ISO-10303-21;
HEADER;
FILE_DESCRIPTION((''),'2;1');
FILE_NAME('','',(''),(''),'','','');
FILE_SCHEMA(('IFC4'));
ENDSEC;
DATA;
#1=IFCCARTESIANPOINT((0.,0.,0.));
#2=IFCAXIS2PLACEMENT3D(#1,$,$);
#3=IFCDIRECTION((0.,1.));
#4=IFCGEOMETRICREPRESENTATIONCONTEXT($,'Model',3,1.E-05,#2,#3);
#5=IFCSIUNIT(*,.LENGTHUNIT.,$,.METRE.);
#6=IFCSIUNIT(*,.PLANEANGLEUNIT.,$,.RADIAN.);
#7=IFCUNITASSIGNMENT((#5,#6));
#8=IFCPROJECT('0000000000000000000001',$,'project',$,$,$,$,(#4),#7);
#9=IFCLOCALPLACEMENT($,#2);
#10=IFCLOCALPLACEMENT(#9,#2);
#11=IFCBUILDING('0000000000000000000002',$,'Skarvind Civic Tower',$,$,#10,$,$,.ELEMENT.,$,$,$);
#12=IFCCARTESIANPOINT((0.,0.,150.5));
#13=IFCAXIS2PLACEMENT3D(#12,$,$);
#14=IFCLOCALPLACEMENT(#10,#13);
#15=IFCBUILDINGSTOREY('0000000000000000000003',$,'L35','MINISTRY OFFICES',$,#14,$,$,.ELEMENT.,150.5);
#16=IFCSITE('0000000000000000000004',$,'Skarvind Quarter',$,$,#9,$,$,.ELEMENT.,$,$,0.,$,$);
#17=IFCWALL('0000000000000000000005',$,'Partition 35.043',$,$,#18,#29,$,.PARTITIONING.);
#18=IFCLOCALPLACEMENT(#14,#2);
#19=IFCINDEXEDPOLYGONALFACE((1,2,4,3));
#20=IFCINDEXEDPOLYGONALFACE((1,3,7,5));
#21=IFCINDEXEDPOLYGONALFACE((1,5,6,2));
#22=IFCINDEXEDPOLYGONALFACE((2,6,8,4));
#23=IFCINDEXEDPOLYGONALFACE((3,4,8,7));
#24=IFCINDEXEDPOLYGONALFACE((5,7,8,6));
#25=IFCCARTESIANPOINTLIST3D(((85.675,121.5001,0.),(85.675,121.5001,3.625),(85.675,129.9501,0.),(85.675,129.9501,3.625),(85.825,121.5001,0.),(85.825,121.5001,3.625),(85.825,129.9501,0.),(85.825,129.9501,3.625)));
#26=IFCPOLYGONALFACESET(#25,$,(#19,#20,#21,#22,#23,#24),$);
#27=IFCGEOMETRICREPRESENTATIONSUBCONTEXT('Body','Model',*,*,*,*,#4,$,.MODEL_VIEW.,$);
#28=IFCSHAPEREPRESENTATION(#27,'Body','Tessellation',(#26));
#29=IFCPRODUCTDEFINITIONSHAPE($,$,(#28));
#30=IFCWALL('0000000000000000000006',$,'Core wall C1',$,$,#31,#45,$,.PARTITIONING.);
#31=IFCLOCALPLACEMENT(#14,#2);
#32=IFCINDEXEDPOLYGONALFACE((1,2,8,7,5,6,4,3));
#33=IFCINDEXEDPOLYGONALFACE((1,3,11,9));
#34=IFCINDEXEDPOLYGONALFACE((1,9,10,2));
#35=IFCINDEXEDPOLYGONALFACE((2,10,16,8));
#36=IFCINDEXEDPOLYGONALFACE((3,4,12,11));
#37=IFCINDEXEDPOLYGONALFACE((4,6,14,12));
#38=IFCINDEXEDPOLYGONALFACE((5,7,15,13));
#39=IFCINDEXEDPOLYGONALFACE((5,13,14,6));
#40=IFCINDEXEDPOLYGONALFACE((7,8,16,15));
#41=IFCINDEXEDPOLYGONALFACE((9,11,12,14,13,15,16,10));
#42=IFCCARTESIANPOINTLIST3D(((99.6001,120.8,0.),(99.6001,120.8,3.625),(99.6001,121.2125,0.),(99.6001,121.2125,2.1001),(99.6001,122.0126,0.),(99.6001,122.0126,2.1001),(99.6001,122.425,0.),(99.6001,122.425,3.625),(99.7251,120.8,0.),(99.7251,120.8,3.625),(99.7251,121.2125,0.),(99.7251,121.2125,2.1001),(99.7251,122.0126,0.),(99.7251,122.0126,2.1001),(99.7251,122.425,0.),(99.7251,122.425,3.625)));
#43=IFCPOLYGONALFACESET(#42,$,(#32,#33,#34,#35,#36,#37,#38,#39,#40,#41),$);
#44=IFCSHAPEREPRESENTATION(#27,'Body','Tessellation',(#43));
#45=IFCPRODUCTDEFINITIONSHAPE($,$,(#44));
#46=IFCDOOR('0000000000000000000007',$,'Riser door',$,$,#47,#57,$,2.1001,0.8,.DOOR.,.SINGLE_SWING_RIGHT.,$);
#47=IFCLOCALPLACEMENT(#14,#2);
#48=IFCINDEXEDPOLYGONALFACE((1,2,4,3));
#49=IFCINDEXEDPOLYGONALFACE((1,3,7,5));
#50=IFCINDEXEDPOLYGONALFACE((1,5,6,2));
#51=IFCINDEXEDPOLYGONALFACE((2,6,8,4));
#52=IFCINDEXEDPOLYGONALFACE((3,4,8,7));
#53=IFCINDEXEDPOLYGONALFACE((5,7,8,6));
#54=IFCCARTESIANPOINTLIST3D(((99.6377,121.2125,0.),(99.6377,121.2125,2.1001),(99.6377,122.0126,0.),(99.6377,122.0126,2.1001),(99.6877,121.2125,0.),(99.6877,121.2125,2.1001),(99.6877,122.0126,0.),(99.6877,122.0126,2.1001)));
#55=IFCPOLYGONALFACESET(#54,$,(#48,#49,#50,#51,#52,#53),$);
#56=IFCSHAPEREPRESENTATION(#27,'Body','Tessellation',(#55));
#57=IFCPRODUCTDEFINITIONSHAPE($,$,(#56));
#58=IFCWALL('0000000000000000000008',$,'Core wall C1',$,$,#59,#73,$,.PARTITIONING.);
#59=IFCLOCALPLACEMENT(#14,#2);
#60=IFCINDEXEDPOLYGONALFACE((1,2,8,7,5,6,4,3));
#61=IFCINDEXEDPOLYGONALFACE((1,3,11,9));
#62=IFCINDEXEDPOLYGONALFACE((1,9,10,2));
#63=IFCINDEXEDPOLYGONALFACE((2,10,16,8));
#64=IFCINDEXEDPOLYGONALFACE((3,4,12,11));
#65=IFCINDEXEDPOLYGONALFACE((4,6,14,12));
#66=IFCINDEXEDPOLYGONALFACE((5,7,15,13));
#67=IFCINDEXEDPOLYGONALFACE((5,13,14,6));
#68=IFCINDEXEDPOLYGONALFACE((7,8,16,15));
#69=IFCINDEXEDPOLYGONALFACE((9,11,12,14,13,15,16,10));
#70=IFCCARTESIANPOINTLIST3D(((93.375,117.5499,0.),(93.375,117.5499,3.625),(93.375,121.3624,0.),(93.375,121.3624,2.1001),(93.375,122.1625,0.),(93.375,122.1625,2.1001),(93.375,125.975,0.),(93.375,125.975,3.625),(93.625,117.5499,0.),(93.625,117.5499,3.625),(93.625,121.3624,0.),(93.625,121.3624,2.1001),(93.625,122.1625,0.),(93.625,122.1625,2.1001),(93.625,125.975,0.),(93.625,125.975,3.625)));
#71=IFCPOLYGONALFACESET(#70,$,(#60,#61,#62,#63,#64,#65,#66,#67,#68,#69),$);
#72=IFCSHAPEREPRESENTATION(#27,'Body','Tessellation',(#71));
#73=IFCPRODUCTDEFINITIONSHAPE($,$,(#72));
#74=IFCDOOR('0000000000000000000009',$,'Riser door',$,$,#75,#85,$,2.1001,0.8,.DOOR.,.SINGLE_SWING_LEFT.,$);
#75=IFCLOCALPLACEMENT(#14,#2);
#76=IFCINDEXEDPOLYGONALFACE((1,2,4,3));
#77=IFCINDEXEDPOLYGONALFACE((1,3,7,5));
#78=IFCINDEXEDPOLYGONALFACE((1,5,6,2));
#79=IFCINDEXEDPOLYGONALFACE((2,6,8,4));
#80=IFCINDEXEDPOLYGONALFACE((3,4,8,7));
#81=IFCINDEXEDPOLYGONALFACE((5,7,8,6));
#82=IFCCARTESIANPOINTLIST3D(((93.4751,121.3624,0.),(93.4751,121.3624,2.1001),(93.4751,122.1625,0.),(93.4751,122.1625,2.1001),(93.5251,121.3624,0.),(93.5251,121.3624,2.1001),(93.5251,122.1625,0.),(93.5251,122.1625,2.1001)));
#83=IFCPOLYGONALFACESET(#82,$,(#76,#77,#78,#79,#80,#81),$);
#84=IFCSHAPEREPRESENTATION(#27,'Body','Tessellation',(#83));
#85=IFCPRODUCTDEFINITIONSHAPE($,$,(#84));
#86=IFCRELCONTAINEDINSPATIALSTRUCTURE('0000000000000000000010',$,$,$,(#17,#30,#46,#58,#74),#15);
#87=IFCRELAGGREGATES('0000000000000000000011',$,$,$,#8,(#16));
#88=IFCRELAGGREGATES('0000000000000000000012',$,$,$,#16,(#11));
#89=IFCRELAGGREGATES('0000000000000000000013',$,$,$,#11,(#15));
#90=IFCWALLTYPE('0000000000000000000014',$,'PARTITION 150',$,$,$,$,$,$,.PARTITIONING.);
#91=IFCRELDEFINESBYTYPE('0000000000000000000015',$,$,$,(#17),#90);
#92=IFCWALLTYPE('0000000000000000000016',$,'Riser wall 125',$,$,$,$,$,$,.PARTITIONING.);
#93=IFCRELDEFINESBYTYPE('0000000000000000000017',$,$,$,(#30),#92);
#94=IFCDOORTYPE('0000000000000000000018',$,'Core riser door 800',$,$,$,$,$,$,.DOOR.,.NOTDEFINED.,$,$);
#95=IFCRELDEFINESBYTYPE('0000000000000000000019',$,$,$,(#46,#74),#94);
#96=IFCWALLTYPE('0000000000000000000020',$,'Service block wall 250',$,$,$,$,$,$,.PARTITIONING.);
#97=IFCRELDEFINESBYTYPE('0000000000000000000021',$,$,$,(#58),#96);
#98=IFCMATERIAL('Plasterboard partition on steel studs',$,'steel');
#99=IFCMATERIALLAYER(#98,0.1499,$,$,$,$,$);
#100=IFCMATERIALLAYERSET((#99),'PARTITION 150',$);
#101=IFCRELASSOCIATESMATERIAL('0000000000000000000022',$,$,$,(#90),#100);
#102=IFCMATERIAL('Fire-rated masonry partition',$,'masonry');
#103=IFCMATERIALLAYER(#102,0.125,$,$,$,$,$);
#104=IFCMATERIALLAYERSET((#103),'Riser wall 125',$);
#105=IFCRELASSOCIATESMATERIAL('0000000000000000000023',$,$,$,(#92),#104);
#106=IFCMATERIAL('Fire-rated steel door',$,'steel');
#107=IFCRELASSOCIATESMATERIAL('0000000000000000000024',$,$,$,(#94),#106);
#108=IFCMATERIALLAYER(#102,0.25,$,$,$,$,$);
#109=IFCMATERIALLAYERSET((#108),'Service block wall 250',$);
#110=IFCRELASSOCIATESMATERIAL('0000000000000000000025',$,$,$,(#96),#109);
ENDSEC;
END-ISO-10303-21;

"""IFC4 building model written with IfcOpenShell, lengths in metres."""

from ifc_helpers import new_model, si_unit, direction, frame, frame_2d, origin, place, context, subcontext, project, spatial, rectangle, extrude, material, layer, layer_set, type_object, element, fill, save


model = new_model("IFC4")

# Units and contexts
model_context = context("Model", 3, precision=1e-05, world=origin(), true_north=direction((0.0, 1.0)))
body_context = subcontext(model_context, "Body", "Model", "MODEL_VIEW")
ifc_project = project(units=[si_unit("LENGTHUNIT", "METRE"), si_unit("PLANEANGLEUNIT", "RADIAN")], contexts=[model_context])

# Site, building, storey
site_placement = place(None, origin())
site = spatial("IfcSite", under=ifc_project, at=site_placement, Name="Skarvind Quarter", CompositionType="ELEMENT", RefElevation=0.0)
building_placement = place(site_placement, origin())
building = spatial("IfcBuilding", under=site, at=building_placement, Name="Skarvind Civic Tower", CompositionType="ELEMENT")
storey_placement = place(building_placement, frame((0.0, 0.0, 150.5)))
storey = spatial("IfcBuildingStorey", under=building, at=storey_placement, Name="L35", Description="MINISTRY OFFICES", CompositionType="ELEMENT", Elevation=150.5)

# Shared definitions
ifc_material_1 = material(Name="Fire-rated masonry partition", Category="masonry")
ifc_material_2 = material(Name="Fire-rated steel door", Category="steel")

# Wall
ifc_material_3 = material(Name="Plasterboard partition on steel studs", Category="steel")
ifc_layer_1 = layer(ifc_material_3, 0.1499)
ifc_layer_set_1 = layer_set([ifc_layer_1], Name="PARTITION 150")
wall_type_1 = type_object("IfcWallType", Name="PARTITION 150", PredefinedType="PARTITIONING", material=ifc_layer_set_1)
wall_1_placement = place(storey_placement, frame((85.75, 121.5, 0.0), z_axis=(0.0, 0.0, 1.0), x_axis=(0.0, 1.0, 0.0)))
element("IfcWall", 1, at=wall_1_placement, inside=storey, type_object=wall_type_1, Name="Partition 35.043", PredefinedType="PARTITIONING", context=body_context, shape_type="SweptSolid", body=[
    extrude(rectangle(XDim=8.45, YDim=0.1499, at=frame_2d((4.2251, 0.0))), origin(), (0.0, 0.0, 1.0), 3.625),
])

# Walls, openings, doors
ifc_layer_2 = layer(ifc_material_1, 0.125)
ifc_layer_set_2 = layer_set([ifc_layer_2], Name="Riser wall 125")
wall_type_2 = type_object("IfcWallType", Name="Riser wall 125", PredefinedType="PARTITIONING", material=ifc_layer_set_2)
wall_2_placement = place(storey_placement, frame((99.6626, 120.8, 0.0), z_axis=(0.0, 0.0, 1.0), x_axis=(0.0, 1.0, 0.0)))
wall_2 = element("IfcWall", 2, at=wall_2_placement, inside=storey, type_object=wall_type_2, Name="Core wall C1", PredefinedType="PARTITIONING", context=body_context, shape_type="SweptSolid", body=[
    extrude(rectangle(XDim=1.625, YDim=0.125, at=frame_2d((0.8125, 0.0))), origin(), (0.0, 0.0, 1.0), 3.625),
])
opening_1_placement = place(wall_2_placement, frame((0.4126, 0.0, 0.0)))
opening_1 = element("IfcOpeningElement", 3, at=opening_1_placement, cuts=wall_2, PredefinedType="OPENING", context=body_context, shape_type="SweptSolid", body=[
    extrude(rectangle(XDim=0.8, YDim=2.1001, at=frame_2d((0.3999, 1.05))), frame((0.0, 0.0725, 0.0), z_axis=(0.0, -1.0, 0.0), x_axis=(1.0, 0.0, 0.0)), (0.0, 0.0, 1.0), 0.145),
])
door_type_1 = type_object("IfcDoorType", Name="Core riser door 800", OperationType="NOTDEFINED", PredefinedType="DOOR", material=ifc_material_2)
door_1_placement = place(opening_1_placement, origin())
door_1 = element("IfcDoor", 4, at=door_1_placement, inside=storey, type_object=door_type_1, Name="Riser door", OperationType="SINGLE_SWING_RIGHT", OverallHeight=2.1001, OverallWidth=0.8, PredefinedType="DOOR", context=body_context, shape_type="SweptSolid", body=[
    extrude(rectangle(XDim=0.8, YDim=2.1001, at=frame_2d((0.3999, 1.05))), frame((0.0, 0.0249, 0.0), z_axis=(0.0, -1.0, 0.0), x_axis=(1.0, 0.0, 0.0)), (0.0, 0.0, 1.0), 0.05),
])
fill(opening_1, door_1)
ifc_layer_3 = layer(ifc_material_1, 0.25)
ifc_layer_set_3 = layer_set([ifc_layer_3], Name="Service block wall 250")
wall_type_3 = type_object("IfcWallType", Name="Service block wall 250", PredefinedType="PARTITIONING", material=ifc_layer_set_3)
wall_3_placement = place(storey_placement, frame((93.5, 117.55, 0.0), z_axis=(0.0, 0.0, 1.0), x_axis=(0.0, 1.0, 0.0)))
wall_3 = element("IfcWall", 5, at=wall_3_placement, inside=storey, type_object=wall_type_3, Name="Core wall C1", PredefinedType="PARTITIONING", context=body_context, shape_type="SweptSolid", body=[
    extrude(rectangle(XDim=8.425, YDim=0.25, at=frame_2d((4.2124, 0.0))), origin(), (0.0, 0.0, 1.0), 3.625),
])
opening_2_placement = place(wall_3_placement, frame((3.8125, 0.0, 0.0)))
opening_2 = element("IfcOpeningElement", 6, at=opening_2_placement, cuts=wall_3, PredefinedType="OPENING", context=body_context, shape_type="SweptSolid", body=[
    extrude(rectangle(XDim=0.8, YDim=2.1001, at=frame_2d((0.3999, 1.05))), frame((0.0, 0.135, 0.0), z_axis=(0.0, -1.0, 0.0), x_axis=(1.0, 0.0, 0.0)), (0.0, 0.0, 1.0), 0.27),
])
door_2_placement = place(opening_2_placement, origin())
door_2 = element("IfcDoor", 7, at=door_2_placement, inside=storey, type_object=door_type_1, Name="Riser door", OperationType="SINGLE_SWING_LEFT", OverallHeight=2.1001, OverallWidth=0.8, PredefinedType="DOOR", context=body_context, shape_type="SweptSolid", body=[
    extrude(rectangle(XDim=0.8, YDim=2.1001, at=frame_2d((0.3999, 1.05))), frame((0.0, 0.0249, 0.0), z_axis=(0.0, -1.0, 0.0), x_axis=(1.0, 0.0, 0.0)), (0.0, 0.0, 1.0), 0.05),
])
fill(opening_2, door_2)

save(model, "model.ifc")
